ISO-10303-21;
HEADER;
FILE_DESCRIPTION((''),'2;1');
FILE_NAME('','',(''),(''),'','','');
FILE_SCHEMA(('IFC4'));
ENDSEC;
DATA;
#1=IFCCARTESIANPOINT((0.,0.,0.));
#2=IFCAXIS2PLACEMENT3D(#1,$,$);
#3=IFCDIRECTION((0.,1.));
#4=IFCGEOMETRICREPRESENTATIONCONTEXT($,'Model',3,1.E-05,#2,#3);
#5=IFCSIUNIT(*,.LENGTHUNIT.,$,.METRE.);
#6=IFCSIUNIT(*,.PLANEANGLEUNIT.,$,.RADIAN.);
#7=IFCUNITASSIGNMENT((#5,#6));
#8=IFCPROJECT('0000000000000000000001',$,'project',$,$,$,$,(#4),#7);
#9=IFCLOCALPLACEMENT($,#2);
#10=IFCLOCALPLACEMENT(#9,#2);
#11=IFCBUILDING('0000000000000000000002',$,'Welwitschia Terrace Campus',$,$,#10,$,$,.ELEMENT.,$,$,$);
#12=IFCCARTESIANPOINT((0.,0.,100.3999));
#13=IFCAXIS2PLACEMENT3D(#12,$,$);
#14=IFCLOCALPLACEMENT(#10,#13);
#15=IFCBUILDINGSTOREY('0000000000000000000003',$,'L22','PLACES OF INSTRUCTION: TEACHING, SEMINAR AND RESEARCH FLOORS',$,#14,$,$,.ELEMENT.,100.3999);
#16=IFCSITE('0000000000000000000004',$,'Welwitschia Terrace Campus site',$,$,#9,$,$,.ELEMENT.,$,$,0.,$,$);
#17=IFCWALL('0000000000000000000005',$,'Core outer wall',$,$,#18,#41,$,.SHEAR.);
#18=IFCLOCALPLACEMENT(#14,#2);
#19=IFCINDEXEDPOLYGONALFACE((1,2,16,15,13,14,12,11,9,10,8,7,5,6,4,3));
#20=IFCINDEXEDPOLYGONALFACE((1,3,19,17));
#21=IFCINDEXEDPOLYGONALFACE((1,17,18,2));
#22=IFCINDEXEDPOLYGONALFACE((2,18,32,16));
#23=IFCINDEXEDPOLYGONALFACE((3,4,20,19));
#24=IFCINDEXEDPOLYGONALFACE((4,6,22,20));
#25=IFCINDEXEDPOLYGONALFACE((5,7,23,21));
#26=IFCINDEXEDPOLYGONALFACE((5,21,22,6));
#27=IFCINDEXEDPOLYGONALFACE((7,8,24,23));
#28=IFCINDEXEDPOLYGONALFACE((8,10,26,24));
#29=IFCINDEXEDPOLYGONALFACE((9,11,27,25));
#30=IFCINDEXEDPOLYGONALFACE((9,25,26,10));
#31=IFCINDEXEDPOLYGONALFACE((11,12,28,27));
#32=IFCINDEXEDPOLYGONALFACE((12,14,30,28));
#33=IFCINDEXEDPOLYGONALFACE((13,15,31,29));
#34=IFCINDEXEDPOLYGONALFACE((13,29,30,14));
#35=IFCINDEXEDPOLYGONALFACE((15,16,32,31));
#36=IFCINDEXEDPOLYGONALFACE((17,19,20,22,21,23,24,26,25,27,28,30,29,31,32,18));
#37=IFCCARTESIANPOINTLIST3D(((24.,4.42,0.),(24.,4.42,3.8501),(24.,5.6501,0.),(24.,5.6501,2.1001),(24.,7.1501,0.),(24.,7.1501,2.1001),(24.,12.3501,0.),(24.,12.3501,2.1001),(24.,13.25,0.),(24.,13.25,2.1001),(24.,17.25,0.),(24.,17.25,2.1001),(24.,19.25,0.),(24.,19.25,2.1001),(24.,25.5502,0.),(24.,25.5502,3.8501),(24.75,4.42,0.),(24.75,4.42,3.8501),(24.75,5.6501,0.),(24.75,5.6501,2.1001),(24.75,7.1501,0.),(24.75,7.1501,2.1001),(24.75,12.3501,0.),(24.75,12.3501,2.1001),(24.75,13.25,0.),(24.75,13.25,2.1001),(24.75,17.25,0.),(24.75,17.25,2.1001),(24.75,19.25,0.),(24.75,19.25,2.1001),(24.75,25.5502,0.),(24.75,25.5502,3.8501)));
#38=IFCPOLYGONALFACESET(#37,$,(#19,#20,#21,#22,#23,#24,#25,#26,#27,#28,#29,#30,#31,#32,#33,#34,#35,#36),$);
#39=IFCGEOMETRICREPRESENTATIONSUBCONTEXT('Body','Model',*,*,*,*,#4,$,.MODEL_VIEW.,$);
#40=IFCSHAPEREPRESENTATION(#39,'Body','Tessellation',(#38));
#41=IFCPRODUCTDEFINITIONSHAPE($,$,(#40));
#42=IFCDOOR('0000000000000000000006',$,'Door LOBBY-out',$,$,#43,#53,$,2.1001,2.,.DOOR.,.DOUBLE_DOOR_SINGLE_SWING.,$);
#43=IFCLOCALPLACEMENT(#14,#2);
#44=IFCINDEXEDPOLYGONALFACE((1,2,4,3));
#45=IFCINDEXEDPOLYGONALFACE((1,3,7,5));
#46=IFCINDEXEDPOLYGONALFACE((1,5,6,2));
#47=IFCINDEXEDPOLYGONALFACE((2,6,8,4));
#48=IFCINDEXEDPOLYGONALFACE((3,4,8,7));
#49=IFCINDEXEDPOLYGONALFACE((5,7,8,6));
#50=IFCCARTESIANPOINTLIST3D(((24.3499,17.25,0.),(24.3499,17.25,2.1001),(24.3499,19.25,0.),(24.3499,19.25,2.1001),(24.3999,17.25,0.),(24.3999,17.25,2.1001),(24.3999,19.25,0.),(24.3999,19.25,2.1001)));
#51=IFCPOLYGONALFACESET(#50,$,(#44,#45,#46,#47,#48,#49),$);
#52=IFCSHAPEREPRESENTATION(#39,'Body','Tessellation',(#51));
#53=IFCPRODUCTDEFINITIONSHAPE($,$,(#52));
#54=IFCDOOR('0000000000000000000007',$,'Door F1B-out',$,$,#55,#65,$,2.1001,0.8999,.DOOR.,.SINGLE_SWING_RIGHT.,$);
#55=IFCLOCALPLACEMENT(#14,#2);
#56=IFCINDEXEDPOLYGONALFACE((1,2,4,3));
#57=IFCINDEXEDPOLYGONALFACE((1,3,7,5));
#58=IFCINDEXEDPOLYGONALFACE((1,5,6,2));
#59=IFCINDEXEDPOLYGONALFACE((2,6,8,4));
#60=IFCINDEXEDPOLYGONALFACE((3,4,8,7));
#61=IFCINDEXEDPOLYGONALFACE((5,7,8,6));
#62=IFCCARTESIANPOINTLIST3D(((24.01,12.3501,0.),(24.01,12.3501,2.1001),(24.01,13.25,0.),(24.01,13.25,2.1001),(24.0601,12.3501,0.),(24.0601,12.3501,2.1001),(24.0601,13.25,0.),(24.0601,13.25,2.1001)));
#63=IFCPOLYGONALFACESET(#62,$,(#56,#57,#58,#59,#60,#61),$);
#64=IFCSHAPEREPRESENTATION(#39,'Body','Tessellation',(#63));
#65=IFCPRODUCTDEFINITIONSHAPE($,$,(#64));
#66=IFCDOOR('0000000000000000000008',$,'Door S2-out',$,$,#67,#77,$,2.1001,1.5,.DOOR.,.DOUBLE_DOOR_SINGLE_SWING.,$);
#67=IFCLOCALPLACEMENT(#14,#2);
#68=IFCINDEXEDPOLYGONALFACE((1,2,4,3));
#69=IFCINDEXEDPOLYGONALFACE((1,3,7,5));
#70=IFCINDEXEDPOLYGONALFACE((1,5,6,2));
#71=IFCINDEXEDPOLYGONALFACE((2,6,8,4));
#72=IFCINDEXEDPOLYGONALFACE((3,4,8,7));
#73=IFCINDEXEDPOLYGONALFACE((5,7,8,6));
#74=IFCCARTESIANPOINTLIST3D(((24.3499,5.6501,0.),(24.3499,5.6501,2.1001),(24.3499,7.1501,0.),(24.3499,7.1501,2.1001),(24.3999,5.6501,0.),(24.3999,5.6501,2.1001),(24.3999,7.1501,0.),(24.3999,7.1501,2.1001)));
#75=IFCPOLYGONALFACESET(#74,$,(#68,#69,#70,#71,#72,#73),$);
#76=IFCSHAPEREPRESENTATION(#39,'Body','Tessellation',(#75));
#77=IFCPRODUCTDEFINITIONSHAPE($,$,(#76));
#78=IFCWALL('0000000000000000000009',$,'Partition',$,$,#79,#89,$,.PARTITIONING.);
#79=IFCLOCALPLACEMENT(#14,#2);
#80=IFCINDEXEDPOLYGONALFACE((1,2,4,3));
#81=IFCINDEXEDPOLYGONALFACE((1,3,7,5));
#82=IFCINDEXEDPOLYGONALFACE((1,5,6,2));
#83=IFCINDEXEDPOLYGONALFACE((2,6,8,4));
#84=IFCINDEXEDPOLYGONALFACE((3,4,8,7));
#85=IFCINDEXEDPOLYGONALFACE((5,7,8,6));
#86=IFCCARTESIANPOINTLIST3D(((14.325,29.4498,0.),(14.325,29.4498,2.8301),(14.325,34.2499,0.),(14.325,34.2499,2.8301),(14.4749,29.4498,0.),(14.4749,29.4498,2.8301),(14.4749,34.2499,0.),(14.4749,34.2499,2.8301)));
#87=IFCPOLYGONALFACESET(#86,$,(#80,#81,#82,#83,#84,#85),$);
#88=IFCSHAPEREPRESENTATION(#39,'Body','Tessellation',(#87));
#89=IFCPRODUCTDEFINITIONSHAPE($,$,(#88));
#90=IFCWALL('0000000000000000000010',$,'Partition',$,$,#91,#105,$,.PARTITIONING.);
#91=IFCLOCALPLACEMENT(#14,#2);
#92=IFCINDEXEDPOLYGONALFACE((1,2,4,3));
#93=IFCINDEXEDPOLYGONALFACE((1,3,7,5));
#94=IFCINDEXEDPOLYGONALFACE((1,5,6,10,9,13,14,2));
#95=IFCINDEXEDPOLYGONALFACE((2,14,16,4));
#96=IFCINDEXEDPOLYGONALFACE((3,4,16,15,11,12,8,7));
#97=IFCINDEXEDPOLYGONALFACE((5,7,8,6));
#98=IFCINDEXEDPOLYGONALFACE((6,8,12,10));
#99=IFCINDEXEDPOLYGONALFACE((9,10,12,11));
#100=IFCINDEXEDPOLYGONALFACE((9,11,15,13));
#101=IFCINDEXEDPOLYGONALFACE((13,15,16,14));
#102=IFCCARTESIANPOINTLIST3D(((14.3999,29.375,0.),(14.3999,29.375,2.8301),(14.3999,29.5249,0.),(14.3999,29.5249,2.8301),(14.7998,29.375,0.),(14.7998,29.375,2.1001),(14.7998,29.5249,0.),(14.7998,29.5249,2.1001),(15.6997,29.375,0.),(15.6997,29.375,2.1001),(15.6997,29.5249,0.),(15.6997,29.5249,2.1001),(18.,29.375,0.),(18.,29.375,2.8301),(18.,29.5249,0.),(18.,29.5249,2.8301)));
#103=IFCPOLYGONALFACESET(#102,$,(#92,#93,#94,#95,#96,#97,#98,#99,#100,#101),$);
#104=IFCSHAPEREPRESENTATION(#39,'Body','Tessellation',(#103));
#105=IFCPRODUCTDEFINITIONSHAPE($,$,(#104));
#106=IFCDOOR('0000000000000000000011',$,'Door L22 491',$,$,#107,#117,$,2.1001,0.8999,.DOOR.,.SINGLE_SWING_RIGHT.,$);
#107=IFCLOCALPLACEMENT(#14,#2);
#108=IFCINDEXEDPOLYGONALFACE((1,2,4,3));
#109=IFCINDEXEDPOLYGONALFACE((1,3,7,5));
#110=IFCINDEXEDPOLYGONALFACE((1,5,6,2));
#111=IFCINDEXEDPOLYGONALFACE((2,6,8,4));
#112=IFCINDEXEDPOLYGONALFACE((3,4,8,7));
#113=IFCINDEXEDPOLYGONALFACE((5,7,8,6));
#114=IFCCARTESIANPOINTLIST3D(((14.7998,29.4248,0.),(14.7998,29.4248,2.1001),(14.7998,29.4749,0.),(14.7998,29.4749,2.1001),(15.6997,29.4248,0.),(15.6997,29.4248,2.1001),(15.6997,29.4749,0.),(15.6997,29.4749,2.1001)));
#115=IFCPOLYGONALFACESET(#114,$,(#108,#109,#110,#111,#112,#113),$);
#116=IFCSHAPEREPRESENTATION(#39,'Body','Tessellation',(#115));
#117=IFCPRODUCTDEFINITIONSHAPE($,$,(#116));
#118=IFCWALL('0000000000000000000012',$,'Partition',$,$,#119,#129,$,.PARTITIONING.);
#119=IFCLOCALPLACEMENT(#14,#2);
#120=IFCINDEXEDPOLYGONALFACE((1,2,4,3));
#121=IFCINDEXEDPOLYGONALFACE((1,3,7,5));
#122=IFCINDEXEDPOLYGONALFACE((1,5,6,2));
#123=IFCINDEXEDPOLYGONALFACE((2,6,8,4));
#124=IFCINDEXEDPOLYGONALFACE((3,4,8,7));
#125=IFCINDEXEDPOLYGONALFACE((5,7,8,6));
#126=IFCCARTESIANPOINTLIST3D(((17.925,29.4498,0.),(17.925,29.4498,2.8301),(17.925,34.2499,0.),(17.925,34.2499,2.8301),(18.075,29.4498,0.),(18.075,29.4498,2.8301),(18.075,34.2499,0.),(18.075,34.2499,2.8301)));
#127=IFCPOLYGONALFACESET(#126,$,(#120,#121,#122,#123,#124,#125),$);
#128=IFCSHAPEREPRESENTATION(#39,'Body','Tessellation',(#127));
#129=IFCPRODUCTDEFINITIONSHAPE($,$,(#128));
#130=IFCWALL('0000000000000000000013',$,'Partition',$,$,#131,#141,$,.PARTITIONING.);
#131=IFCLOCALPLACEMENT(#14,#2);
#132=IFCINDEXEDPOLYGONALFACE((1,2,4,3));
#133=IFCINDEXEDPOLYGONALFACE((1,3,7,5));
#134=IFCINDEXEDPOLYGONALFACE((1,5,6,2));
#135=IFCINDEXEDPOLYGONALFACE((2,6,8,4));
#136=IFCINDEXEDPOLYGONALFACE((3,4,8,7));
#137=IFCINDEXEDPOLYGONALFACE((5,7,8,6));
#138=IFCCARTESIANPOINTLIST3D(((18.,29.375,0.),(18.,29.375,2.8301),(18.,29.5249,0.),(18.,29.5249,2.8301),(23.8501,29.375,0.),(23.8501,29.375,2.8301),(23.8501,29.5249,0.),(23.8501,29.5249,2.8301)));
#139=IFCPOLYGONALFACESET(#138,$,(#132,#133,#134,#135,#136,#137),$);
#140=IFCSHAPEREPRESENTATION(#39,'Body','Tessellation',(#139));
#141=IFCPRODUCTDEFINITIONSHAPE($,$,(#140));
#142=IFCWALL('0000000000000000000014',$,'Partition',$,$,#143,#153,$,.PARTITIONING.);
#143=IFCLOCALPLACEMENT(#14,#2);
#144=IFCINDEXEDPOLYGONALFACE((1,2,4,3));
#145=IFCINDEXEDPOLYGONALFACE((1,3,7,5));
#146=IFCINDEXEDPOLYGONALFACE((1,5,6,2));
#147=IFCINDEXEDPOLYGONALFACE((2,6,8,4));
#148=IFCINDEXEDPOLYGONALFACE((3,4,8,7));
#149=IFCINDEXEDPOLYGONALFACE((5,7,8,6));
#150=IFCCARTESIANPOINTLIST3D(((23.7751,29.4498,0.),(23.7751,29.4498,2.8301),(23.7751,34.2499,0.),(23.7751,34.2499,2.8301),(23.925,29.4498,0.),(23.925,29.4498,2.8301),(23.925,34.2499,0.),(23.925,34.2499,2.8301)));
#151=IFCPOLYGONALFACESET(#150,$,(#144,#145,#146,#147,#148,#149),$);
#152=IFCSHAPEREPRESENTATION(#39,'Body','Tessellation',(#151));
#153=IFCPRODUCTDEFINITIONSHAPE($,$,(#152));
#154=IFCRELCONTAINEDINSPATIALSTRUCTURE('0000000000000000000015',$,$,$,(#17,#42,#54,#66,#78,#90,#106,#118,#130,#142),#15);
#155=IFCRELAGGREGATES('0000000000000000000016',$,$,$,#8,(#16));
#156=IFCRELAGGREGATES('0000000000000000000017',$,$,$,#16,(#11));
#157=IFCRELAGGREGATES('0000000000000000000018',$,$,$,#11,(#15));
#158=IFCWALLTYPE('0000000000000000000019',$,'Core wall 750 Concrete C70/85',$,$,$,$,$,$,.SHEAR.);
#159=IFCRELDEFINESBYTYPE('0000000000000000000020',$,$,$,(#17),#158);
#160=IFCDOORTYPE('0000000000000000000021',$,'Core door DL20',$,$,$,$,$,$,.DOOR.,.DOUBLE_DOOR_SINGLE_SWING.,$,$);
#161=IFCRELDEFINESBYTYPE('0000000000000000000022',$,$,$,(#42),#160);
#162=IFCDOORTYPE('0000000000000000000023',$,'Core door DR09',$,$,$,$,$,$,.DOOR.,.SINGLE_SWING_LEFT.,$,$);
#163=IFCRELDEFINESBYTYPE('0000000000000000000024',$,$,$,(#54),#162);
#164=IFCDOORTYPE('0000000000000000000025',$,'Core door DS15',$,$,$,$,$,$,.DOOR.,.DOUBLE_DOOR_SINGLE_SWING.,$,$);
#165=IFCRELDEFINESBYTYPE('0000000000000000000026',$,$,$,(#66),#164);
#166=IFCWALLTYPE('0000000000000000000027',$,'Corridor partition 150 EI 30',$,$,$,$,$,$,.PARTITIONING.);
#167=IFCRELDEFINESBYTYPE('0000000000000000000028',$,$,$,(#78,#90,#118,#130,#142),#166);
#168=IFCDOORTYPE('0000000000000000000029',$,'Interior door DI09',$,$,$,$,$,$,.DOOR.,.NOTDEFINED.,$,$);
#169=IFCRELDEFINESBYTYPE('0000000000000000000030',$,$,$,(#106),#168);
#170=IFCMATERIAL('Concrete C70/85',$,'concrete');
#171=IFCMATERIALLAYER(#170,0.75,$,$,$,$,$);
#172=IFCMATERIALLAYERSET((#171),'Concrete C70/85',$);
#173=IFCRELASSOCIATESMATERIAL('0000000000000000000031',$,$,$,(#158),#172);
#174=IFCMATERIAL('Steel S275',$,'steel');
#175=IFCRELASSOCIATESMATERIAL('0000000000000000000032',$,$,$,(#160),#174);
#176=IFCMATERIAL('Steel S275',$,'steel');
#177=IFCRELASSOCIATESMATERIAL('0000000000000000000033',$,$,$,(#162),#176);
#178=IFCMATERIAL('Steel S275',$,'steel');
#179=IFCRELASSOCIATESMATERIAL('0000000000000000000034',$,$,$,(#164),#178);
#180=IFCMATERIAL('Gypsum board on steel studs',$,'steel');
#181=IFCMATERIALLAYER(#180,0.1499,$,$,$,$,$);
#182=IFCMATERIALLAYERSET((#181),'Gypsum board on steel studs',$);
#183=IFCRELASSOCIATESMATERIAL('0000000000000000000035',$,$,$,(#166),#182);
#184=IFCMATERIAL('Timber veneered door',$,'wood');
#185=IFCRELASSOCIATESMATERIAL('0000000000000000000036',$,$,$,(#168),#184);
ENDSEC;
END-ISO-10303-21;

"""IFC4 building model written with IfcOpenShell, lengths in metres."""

from ifc_helpers import new_model, si_unit, direction, frame, frame_2d, origin, place, context, subcontext, project, spatial, rectangle, extrude, material, layer, layer_set, type_object, element, fill, save


model = new_model("IFC4")

# Units and contexts
model_context = context("Model", 3, precision=1e-05, world=origin(), true_north=direction((0.0, 1.0)))
body_context = subcontext(model_context, "Body", "Model", "MODEL_VIEW")
ifc_project = project(units=[si_unit("LENGTHUNIT", "METRE"), si_unit("PLANEANGLEUNIT", "RADIAN")], contexts=[model_context])

# Site, building, storey
site_placement = place(None, origin())
site = spatial("IfcSite", under=ifc_project, at=site_placement, Name="Welwitschia Terrace Campus site", CompositionType="ELEMENT", RefElevation=0.0)
building_placement = place(site_placement, origin())
building = spatial("IfcBuilding", under=site, at=building_placement, Name="Welwitschia Terrace Campus", CompositionType="ELEMENT")
storey_placement = place(building_placement, frame((0.0, 0.0, 100.3999)))
storey = spatial("IfcBuildingStorey", under=building, at=storey_placement, Name="L22", Description="PLACES OF INSTRUCTION: TEACHING, SEMINAR AND RESEARCH FLOORS", CompositionType="ELEMENT", Elevation=100.3999)

# Wall, openings, doors
ifc_material_1 = material(Name="Concrete C70/85", Category="concrete")
ifc_layer_1 = layer(ifc_material_1, 0.75)
ifc_layer_set_1 = layer_set([ifc_layer_1], Name="Concrete C70/85")
wall_type_1 = type_object("IfcWallType", Name="Core wall 750 Concrete C70/85", PredefinedType="SHEAR", material=ifc_layer_set_1)
wall_1_placement = place(storey_placement, frame((24.375, 25.55, 0.0), z_axis=(0.0, 0.0, 1.0), x_axis=(0.0, -1.0, 0.0)))
wall_1 = element("IfcWall", 1, at=wall_1_placement, inside=storey, type_object=wall_type_1, Name="Core outer wall", PredefinedType="SHEAR", context=body_context, shape_type="SweptSolid", body=[
    extrude(rectangle(XDim=21.1301, YDim=0.75, at=frame_2d((10.5649, 0.0))), origin(), (0.0, 0.0, 1.0), 3.8501),
])
opening_1_placement = place(wall_1_placement, frame((18.3999, 0.0, 0.0)))
opening_1 = element("IfcOpeningElement", 2, at=opening_1_placement, cuts=wall_1, PredefinedType="OPENING", context=body_context, shape_type="SweptSolid", body=[
    extrude(rectangle(XDim=1.5, YDim=2.1001, at=frame_2d((0.75, 1.05))), frame((0.0, 0.385, 0.0), z_axis=(0.0, -1.0, 0.0), x_axis=(1.0, 0.0, 0.0)), (0.0, 0.0, 1.0), 0.77),
])
opening_2_placement = place(wall_1_placement, frame((12.3, 0.0, 0.0)))
opening_2 = element("IfcOpeningElement", 3, at=opening_2_placement, cuts=wall_1, PredefinedType="OPENING", context=body_context, shape_type="SweptSolid", body=[
    extrude(rectangle(XDim=0.8999, YDim=2.1001, at=frame_2d((0.45, 1.05))), frame((0.0, 0.385, 0.0), z_axis=(0.0, -1.0, 0.0), x_axis=(1.0, 0.0, 0.0)), (0.0, 0.0, 1.0), 0.77),
])
opening_3_placement = place(wall_1_placement, frame((6.3, 0.0, 0.0)))
opening_3 = element("IfcOpeningElement", 4, at=opening_3_placement, cuts=wall_1, PredefinedType="OPENING", context=body_context, shape_type="SweptSolid", body=[
    extrude(rectangle(XDim=2.0, YDim=2.1001, at=frame_2d((1.0, 1.05))), frame((0.0, 0.385, 0.0), z_axis=(0.0, -1.0, 0.0), x_axis=(1.0, 0.0, 0.0)), (0.0, 0.0, 1.0), 0.77),
])
ifc_material_2 = material(Name="Steel S275", Category="steel")
door_type_1 = type_object("IfcDoorType", Name="Core door DL20", OperationType="DOUBLE_DOOR_SINGLE_SWING", PredefinedType="DOOR", material=ifc_material_2)
door_1_placement = place(opening_3_placement, origin())
door_1 = element("IfcDoor", 5, at=door_1_placement, inside=storey, type_object=door_type_1, Name="Door LOBBY-out", OperationType="DOUBLE_DOOR_SINGLE_SWING", OverallHeight=2.1001, OverallWidth=2.0, PredefinedType="DOOR", context=body_context, shape_type="SweptSolid", body=[
    extrude(rectangle(XDim=2.0, YDim=2.1001, at=frame_2d((1.0, 1.05))), frame((0.0, 0.0249, 0.0), z_axis=(0.0, -1.0, 0.0), x_axis=(1.0, 0.0, 0.0)), (0.0, 0.0, 1.0), 0.05),
])
fill(opening_3, door_1)
ifc_material_3 = material(Name="Steel S275", Category="steel")
door_type_2 = type_object("IfcDoorType", Name="Core door DR09", OperationType="SINGLE_SWING_LEFT", PredefinedType="DOOR", material=ifc_material_3)
door_2_placement = place(opening_2_placement, origin())
door_2 = element("IfcDoor", 6, at=door_2_placement, inside=storey, type_object=door_type_2, Name="Door F1B-out", OperationType="SINGLE_SWING_RIGHT", OverallHeight=2.1001, OverallWidth=0.8999, PredefinedType="DOOR", context=body_context, shape_type="SweptSolid", body=[
    extrude(rectangle(XDim=0.8999, YDim=2.1001, at=frame_2d((0.45, 1.05))), frame((0.0, -0.3149, 0.0), z_axis=(0.0, -1.0, 0.0), x_axis=(1.0, 0.0, 0.0)), (0.0, 0.0, 1.0), 0.05),
])
fill(opening_2, door_2)
ifc_material_4 = material(Name="Steel S275", Category="steel")
door_type_3 = type_object("IfcDoorType", Name="Core door DS15", OperationType="DOUBLE_DOOR_SINGLE_SWING", PredefinedType="DOOR", material=ifc_material_4)
door_3_placement = place(opening_1_placement, origin())
door_3 = element("IfcDoor", 7, at=door_3_placement, inside=storey, type_object=door_type_3, Name="Door S2-out", OperationType="DOUBLE_DOOR_SINGLE_SWING", OverallHeight=2.1001, OverallWidth=1.5, PredefinedType="DOOR", context=body_context, shape_type="SweptSolid", body=[
    extrude(rectangle(XDim=1.5, YDim=2.1001, at=frame_2d((0.75, 1.05))), frame((0.0, 0.0249, 0.0), z_axis=(0.0, -1.0, 0.0), x_axis=(1.0, 0.0, 0.0)), (0.0, 0.0, 1.0), 0.05),
])
fill(opening_1, door_3)

# Wall
ifc_material_5 = material(Name="Gypsum board on steel studs", Category="steel")
ifc_layer_2 = layer(ifc_material_5, 0.1499)
ifc_layer_set_2 = layer_set([ifc_layer_2], Name="Gypsum board on steel studs")
wall_type_2 = type_object("IfcWallType", Name="Corridor partition 150 EI 30", PredefinedType="PARTITIONING", material=ifc_layer_set_2)
wall_2_placement = place(storey_placement, frame((14.3999, 29.45, 0.0), z_axis=(0.0, 0.0, 1.0), x_axis=(0.0, 1.0, 0.0)))
element("IfcWall", 8, at=wall_2_placement, inside=storey, type_object=wall_type_2, Name="Partition", PredefinedType="PARTITIONING", context=body_context, shape_type="SweptSolid", body=[
    extrude(rectangle(XDim=4.8, YDim=0.1499, at=frame_2d((2.3999, 0.0))), origin(), (0.0, 0.0, 1.0), 2.8301),
])

# Wall, opening, door
wall_3_placement = place(storey_placement, frame((14.3999, 29.45, 0.0), z_axis=(0.0, 0.0, 1.0), x_axis=(1.0, 0.0, 0.0)))
wall_3 = element("IfcWall", 9, at=wall_3_placement, inside=storey, type_object=wall_type_2, Name="Partition", PredefinedType="PARTITIONING", context=body_context, shape_type="SweptSolid", body=[
    extrude(rectangle(XDim=3.6001, YDim=0.1499, at=frame_2d((1.8, 0.0))), origin(), (0.0, 0.0, 1.0), 2.8301),
])
opening_4_placement = place(wall_3_placement, frame((0.3999, 0.0, 0.0)))
opening_4 = element("IfcOpeningElement", 10, at=opening_4_placement, cuts=wall_3, PredefinedType="OPENING", context=body_context, shape_type="SweptSolid", body=[
    extrude(rectangle(XDim=0.8999, YDim=2.1001, at=frame_2d((0.45, 1.05))), frame((0.0, 0.085, 0.0), z_axis=(0.0, -1.0, 0.0), x_axis=(1.0, 0.0, 0.0)), (0.0, 0.0, 1.0), 0.1699),
])
ifc_material_6 = material(Name="Timber veneered door", Category="wood")
door_type_4 = type_object("IfcDoorType", Name="Interior door DI09", OperationType="NOTDEFINED", PredefinedType="DOOR", material=ifc_material_6)
door_4_placement = place(opening_4_placement, origin())
door_4 = element("IfcDoor", 11, at=door_4_placement, inside=storey, type_object=door_type_4, Name="Door L22 491", OperationType="SINGLE_SWING_RIGHT", OverallHeight=2.1001, OverallWidth=0.8999, PredefinedType="DOOR", context=body_context, shape_type="SweptSolid", body=[
    extrude(rectangle(XDim=0.8999, YDim=2.1001, at=frame_2d((0.45, 1.05))), frame((0.0, 0.0249, 0.0), z_axis=(0.0, -1.0, 0.0), x_axis=(1.0, 0.0, 0.0)), (0.0, 0.0, 1.0), 0.05),
])
fill(opening_4, door_4)

# Walls
wall_4_placement = place(storey_placement, frame((18.0, 29.45, 0.0), z_axis=(0.0, 0.0, 1.0), x_axis=(0.0, 1.0, 0.0)))
element("IfcWall", 12, at=wall_4_placement, inside=storey, type_object=wall_type_2, Name="Partition", PredefinedType="PARTITIONING", context=body_context, shape_type="SweptSolid", body=[
    extrude(rectangle(XDim=4.8, YDim=0.1499, at=frame_2d((2.3999, 0.0))), origin(), (0.0, 0.0, 1.0), 2.8301),
])
wall_5_placement = place(storey_placement, frame((18.0, 29.45, 0.0), z_axis=(0.0, 0.0, 1.0), x_axis=(1.0, 0.0, 0.0)))
element("IfcWall", 13, at=wall_5_placement, inside=storey, type_object=wall_type_2, Name="Partition", PredefinedType="PARTITIONING", context=body_context, shape_type="SweptSolid", body=[
    extrude(rectangle(XDim=5.8501, YDim=0.1499, at=frame_2d((2.925, 0.0))), origin(), (0.0, 0.0, 1.0), 2.8301),
])
wall_6_placement = place(storey_placement, frame((23.8501, 29.45, 0.0), z_axis=(0.0, 0.0, 1.0), x_axis=(0.0, 1.0, 0.0)))
element("IfcWall", 14, at=wall_6_placement, inside=storey, type_object=wall_type_2, Name="Partition", PredefinedType="PARTITIONING", context=body_context, shape_type="SweptSolid", body=[
    extrude(rectangle(XDim=4.8, YDim=0.1499, at=frame_2d((2.3999, 0.0))), origin(), (0.0, 0.0, 1.0), 2.8301),
])

save(model, "model.ifc")
